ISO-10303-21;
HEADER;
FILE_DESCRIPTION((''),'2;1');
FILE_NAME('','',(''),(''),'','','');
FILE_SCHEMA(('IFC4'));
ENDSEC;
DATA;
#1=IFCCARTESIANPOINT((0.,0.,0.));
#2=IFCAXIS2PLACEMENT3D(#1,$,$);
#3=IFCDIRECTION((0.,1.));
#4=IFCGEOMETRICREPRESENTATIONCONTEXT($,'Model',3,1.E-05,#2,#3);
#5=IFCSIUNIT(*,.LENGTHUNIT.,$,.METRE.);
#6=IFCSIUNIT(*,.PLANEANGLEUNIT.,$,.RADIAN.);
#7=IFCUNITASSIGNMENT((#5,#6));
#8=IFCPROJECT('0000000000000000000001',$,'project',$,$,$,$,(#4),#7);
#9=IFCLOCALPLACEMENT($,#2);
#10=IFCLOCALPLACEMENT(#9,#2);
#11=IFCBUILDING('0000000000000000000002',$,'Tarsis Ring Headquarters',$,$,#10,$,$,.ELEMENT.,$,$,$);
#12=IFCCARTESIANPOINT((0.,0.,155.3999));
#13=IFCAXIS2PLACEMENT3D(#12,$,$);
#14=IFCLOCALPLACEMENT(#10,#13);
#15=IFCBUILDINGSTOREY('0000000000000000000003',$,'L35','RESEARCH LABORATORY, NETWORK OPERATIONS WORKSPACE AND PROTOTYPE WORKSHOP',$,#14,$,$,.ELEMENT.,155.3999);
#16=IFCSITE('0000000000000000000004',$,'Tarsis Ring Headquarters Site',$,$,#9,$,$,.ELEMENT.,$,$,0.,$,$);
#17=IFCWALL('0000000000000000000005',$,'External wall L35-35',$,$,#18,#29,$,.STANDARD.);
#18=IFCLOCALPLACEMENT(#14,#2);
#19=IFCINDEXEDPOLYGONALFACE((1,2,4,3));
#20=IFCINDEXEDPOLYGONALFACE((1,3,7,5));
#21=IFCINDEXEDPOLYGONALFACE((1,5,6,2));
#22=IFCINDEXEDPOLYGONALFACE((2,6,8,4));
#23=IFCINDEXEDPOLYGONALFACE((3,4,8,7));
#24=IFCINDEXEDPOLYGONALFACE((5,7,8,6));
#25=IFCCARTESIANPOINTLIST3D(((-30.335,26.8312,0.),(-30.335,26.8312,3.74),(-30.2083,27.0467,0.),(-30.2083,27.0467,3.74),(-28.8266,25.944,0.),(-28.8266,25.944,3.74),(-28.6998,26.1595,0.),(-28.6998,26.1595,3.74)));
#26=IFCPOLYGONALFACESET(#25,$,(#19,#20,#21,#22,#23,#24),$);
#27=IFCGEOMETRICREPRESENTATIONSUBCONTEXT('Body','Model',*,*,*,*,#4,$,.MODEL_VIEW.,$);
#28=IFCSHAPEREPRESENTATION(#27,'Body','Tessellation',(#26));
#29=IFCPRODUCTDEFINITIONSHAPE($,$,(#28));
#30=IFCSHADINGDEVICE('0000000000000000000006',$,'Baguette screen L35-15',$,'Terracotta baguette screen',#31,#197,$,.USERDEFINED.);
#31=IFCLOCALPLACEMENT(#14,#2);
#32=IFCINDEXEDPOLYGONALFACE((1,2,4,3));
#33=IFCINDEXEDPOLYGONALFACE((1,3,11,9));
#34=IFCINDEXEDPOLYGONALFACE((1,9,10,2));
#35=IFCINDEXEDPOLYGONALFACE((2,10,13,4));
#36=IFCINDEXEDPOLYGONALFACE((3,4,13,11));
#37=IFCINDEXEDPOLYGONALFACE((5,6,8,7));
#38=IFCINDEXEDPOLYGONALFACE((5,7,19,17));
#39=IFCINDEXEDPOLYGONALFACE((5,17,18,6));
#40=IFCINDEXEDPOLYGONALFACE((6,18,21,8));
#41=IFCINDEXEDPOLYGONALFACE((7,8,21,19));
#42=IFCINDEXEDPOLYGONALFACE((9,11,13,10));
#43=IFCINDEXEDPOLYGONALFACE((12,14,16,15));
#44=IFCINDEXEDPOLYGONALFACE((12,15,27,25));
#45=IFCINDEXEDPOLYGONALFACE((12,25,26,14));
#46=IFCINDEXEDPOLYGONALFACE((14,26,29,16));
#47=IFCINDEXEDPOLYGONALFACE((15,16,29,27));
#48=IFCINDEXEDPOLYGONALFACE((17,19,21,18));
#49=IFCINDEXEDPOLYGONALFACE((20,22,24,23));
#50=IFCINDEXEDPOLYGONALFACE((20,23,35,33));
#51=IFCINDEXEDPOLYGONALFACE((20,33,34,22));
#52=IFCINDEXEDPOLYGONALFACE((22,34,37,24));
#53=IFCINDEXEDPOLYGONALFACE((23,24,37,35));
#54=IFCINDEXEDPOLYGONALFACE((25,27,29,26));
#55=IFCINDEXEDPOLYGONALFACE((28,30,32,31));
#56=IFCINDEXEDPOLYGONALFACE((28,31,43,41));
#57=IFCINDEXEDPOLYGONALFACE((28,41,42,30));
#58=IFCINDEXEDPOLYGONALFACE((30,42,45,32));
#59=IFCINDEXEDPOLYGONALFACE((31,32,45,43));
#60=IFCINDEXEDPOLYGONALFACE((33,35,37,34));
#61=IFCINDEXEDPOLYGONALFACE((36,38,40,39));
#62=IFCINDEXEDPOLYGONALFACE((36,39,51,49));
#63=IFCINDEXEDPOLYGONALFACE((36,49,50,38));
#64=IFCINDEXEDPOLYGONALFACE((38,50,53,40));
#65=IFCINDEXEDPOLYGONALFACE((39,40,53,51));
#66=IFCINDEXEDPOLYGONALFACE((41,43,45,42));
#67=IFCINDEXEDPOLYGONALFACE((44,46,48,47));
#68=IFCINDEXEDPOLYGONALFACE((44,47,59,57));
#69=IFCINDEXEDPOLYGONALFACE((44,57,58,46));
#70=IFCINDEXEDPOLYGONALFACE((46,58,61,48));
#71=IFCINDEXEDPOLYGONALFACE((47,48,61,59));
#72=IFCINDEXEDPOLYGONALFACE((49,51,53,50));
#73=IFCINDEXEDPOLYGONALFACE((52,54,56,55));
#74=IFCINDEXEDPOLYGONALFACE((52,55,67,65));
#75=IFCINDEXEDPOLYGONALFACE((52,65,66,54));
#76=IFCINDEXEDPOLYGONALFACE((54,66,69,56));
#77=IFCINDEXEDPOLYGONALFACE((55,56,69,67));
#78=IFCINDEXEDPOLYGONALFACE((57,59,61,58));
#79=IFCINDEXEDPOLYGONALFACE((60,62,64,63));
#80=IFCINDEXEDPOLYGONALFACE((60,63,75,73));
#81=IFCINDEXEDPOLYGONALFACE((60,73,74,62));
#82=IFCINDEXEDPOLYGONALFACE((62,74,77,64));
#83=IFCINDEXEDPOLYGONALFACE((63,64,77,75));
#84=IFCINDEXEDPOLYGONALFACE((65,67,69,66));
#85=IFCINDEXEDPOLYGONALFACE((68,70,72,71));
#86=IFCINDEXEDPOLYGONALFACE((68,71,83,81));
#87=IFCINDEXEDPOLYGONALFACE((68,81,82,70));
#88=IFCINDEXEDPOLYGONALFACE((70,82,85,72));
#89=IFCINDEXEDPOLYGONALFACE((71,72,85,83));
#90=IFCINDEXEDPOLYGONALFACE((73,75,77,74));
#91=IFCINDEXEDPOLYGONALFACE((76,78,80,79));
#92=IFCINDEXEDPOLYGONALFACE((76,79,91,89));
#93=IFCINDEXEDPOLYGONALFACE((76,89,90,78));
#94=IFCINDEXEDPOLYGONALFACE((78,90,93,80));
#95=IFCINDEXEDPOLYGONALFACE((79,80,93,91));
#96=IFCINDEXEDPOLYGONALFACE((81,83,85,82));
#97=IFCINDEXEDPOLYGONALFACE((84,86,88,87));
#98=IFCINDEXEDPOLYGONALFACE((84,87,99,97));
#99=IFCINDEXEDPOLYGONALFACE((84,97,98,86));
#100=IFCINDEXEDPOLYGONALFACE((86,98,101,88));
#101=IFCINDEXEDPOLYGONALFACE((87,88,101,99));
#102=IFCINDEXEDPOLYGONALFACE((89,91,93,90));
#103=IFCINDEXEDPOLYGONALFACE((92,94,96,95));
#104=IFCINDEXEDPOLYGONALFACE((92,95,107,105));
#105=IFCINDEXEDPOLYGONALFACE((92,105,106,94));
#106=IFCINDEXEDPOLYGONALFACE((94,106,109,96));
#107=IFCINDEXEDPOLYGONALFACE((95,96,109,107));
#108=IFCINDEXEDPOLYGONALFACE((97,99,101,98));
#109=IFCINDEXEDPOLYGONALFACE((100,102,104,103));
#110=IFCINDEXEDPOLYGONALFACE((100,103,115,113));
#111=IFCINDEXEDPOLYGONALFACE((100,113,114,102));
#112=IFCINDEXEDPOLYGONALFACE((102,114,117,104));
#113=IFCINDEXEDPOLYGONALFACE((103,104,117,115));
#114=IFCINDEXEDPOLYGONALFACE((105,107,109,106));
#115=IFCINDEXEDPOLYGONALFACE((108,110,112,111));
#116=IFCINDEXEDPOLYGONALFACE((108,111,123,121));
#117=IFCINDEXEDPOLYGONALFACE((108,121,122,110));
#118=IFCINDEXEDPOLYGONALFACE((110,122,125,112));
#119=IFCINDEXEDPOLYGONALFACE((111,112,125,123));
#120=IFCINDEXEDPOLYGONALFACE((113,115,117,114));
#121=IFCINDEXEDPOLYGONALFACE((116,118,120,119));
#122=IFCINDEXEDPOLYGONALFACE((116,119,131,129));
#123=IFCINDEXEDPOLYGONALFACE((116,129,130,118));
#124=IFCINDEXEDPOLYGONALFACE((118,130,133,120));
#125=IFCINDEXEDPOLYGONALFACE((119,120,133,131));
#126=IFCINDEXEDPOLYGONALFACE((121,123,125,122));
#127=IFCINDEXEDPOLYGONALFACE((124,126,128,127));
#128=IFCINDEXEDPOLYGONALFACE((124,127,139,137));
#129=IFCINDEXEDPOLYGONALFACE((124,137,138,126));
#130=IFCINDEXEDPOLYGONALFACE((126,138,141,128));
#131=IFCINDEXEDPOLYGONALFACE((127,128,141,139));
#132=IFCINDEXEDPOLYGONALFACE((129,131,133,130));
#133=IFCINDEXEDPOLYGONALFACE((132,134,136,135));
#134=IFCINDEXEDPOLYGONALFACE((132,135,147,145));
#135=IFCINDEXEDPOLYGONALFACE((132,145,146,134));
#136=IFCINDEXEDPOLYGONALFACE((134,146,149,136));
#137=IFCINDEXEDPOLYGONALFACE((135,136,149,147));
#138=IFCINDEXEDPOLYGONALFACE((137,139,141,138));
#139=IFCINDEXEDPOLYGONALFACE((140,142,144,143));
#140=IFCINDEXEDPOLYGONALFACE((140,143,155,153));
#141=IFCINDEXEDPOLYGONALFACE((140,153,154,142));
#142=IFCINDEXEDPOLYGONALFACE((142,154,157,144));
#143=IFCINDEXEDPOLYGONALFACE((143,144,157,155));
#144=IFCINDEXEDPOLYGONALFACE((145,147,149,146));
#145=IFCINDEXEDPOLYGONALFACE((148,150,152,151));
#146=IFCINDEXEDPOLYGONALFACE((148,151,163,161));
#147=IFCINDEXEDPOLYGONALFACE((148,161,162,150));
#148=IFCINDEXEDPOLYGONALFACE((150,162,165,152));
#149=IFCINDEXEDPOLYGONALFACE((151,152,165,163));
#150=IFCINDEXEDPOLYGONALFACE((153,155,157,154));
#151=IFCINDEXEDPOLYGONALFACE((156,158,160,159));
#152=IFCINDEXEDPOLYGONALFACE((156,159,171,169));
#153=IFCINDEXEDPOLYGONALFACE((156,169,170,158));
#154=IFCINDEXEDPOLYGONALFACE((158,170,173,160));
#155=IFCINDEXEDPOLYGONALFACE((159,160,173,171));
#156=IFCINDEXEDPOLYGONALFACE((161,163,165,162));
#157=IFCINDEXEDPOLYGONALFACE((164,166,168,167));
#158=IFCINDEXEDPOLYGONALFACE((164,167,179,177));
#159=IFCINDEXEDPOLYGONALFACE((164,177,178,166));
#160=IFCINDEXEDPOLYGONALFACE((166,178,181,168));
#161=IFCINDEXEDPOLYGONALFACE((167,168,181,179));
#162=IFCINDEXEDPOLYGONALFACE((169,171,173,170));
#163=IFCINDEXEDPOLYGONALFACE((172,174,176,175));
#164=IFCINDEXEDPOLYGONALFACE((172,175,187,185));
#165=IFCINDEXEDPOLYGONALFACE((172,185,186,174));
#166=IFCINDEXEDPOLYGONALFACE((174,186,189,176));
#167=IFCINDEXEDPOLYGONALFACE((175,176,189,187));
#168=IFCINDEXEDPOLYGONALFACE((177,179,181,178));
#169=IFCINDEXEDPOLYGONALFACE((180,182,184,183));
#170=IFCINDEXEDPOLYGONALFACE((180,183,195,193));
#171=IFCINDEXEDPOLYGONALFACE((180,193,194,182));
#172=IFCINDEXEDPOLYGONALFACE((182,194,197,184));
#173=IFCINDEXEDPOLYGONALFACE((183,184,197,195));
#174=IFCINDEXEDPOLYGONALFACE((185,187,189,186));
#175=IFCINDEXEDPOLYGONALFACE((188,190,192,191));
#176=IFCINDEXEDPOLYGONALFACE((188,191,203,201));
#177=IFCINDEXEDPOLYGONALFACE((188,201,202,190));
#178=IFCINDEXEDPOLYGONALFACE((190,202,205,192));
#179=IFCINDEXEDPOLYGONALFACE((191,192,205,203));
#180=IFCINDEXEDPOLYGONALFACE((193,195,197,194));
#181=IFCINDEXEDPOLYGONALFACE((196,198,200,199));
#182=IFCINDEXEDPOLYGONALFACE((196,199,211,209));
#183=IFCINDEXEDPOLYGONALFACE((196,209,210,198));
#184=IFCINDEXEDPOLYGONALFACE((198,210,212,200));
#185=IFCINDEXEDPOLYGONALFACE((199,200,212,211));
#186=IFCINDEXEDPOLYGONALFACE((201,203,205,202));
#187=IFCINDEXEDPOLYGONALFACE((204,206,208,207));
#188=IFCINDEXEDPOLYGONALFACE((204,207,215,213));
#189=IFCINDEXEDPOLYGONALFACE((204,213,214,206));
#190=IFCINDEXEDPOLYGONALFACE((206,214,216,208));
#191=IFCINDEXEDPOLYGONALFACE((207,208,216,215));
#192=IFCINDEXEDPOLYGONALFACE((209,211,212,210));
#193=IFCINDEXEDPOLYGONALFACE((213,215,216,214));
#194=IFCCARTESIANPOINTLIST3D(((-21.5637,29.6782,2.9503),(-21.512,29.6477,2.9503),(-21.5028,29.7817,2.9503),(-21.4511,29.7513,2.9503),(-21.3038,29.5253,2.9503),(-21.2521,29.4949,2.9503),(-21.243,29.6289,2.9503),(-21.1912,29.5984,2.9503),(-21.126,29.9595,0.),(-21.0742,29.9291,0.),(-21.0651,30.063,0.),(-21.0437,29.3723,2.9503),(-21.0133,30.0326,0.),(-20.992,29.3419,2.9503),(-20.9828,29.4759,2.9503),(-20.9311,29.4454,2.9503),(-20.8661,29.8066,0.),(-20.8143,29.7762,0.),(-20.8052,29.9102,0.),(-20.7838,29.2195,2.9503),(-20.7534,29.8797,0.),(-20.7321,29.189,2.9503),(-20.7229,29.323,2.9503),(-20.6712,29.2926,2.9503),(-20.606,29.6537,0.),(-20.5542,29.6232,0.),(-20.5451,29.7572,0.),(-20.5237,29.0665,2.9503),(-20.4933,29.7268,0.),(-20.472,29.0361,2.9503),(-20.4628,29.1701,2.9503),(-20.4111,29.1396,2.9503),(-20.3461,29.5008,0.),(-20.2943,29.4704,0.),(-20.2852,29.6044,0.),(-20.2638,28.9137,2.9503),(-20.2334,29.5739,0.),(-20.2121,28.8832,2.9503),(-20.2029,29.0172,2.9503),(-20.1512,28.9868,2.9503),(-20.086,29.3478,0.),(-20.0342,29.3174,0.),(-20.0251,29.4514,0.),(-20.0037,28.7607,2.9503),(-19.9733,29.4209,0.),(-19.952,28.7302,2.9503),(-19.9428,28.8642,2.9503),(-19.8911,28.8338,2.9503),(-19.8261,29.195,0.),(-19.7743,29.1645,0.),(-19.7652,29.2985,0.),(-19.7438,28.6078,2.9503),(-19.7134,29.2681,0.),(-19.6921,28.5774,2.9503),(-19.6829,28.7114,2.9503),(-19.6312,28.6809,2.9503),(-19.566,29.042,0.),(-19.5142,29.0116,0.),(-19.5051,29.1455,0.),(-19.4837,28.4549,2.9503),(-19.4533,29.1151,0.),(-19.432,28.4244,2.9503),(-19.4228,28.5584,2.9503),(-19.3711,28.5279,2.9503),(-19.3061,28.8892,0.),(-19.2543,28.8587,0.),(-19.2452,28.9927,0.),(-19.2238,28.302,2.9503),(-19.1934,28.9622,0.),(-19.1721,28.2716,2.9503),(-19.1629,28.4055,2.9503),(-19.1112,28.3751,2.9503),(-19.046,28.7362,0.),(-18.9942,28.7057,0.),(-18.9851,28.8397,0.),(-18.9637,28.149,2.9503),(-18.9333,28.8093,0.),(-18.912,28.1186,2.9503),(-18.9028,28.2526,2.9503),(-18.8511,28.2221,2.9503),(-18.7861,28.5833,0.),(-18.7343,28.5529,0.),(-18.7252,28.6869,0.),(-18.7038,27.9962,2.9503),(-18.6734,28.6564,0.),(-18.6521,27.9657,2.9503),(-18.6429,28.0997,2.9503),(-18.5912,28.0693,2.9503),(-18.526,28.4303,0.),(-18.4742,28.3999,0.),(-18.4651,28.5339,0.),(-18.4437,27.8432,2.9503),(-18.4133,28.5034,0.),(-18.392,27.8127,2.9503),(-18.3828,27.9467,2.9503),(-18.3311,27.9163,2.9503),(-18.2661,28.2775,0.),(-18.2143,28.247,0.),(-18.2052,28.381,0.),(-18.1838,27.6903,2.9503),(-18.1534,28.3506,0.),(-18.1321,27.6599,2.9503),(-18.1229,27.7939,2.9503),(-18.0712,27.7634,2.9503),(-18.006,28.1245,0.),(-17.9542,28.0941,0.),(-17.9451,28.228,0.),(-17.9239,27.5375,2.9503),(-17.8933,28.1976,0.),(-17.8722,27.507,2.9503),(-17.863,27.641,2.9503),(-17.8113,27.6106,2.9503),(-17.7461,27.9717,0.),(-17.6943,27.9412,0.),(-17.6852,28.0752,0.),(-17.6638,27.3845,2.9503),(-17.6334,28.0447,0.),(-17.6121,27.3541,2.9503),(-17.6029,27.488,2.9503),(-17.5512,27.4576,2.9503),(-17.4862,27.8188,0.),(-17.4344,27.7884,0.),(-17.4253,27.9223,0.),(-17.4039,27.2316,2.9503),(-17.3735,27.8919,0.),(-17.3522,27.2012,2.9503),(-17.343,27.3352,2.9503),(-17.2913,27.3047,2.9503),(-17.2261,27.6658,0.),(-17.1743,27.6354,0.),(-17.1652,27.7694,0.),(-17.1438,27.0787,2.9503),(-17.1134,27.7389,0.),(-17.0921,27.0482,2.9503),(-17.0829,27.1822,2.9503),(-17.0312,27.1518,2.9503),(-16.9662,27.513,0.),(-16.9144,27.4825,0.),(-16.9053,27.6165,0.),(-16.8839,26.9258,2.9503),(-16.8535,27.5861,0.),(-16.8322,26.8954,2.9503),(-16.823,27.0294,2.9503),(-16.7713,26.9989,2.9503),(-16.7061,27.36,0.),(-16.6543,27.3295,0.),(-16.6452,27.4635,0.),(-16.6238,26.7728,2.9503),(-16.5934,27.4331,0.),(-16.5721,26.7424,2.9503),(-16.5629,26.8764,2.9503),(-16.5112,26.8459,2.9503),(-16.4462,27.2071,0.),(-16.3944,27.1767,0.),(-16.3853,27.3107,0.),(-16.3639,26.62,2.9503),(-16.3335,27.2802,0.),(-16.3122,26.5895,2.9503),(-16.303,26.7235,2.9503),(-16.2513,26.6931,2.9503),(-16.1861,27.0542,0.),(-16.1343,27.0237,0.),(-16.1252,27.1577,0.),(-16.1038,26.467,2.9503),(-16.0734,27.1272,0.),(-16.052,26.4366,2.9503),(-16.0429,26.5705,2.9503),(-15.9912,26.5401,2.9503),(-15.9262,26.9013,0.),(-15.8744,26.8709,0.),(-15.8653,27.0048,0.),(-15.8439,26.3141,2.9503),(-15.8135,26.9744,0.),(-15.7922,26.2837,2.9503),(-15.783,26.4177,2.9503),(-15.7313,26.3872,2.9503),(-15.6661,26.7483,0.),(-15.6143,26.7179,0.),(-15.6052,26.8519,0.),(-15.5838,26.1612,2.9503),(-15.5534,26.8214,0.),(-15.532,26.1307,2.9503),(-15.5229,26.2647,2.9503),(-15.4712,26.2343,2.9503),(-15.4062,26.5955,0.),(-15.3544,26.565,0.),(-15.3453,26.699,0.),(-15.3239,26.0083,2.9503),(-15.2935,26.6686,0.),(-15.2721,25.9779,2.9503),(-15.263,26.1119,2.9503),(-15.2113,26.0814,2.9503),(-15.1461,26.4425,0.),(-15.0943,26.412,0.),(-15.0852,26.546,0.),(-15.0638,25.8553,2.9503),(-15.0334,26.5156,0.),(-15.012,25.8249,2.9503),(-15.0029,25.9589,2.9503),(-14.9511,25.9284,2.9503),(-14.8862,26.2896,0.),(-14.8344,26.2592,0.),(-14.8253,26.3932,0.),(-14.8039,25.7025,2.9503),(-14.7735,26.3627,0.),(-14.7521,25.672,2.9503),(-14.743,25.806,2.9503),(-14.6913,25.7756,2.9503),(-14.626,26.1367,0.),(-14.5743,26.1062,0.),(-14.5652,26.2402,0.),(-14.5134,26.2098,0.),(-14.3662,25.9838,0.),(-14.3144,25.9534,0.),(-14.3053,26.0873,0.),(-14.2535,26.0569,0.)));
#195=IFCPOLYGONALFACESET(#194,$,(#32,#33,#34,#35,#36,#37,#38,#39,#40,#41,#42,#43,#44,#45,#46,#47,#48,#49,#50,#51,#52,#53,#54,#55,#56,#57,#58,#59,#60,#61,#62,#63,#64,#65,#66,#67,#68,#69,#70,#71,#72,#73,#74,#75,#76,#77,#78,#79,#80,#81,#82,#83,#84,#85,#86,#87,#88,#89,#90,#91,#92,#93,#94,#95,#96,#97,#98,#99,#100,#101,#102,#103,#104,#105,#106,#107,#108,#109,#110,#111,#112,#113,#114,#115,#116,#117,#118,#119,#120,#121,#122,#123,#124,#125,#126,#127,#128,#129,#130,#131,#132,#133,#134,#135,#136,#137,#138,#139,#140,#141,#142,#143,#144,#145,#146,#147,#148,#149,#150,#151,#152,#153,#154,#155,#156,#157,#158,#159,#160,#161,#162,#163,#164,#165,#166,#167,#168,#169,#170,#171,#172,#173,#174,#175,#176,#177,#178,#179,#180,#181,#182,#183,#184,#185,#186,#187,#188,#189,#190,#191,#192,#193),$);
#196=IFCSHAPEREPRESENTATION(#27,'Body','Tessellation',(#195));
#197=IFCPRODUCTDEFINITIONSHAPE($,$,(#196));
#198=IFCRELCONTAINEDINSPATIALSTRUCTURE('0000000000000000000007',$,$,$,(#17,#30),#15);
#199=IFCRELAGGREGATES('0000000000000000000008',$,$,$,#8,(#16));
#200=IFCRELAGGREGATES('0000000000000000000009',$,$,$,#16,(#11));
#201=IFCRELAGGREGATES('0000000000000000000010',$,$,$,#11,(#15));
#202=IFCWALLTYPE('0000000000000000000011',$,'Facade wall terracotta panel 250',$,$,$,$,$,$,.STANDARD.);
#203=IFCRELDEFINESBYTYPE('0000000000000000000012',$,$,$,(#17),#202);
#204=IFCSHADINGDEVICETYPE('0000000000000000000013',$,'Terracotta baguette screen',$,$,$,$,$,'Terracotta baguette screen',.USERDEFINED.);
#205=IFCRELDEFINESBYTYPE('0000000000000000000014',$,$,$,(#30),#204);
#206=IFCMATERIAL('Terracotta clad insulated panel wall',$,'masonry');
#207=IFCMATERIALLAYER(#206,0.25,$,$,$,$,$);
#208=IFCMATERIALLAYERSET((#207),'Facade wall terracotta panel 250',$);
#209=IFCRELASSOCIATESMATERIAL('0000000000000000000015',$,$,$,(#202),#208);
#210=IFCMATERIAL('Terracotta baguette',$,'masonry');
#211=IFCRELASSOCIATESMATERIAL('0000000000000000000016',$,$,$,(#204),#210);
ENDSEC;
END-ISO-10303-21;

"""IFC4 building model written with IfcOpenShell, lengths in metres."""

from ifc_helpers import new_model, si_unit, direction, frame, frame_2d, origin, place, context, subcontext, project, spatial, rectangle, composite_profile, extrude, material, layer, layer_set, type_object, element, save


model = new_model("IFC4")

# Units and contexts
model_context = context("Model", 3, precision=1e-05, world=origin(), true_north=direction((0.0, 1.0)))
body_context = subcontext(model_context, "Body", "Model", "MODEL_VIEW")
ifc_project = project(units=[si_unit("LENGTHUNIT", "METRE"), si_unit("PLANEANGLEUNIT", "RADIAN")], contexts=[model_context])

# Site, building, storey
site_placement = place(None, origin())
site = spatial("IfcSite", under=ifc_project, at=site_placement, Name="Tarsis Ring Headquarters Site", CompositionType="ELEMENT", RefElevation=0.0)
building_placement = place(site_placement, origin())
building = spatial("IfcBuilding", under=site, at=building_placement, Name="Tarsis Ring Headquarters", CompositionType="ELEMENT")
storey_placement = place(building_placement, frame((0.0, 0.0, 155.3999)))
storey = spatial("IfcBuildingStorey", under=building, at=storey_placement, Name="L35", Description="RESEARCH LABORATORY, NETWORK OPERATIONS WORKSPACE AND PROTOTYPE WORKSHOP", CompositionType="ELEMENT", Elevation=155.3999)

# Wall
ifc_material_1 = material(Name="Terracotta clad insulated panel wall", Category="masonry")
ifc_layer = layer(ifc_material_1, 0.25)
ifc_layer_set = layer_set([ifc_layer], Name="Facade wall terracotta panel 250")
wall_type = type_object("IfcWallType", Name="Facade wall terracotta panel 250", PredefinedType="STANDARD", material=ifc_layer_set)
wall_1_placement = place(storey_placement, frame((-28.7632, 26.0518, 0.0), z_axis=(0.0, 0.0, 1.0), x_axis=(-0.861977, 0.506947, 0.0)))
element("IfcWall", 1, at=wall_1_placement, inside=storey, type_object=wall_type, Name="External wall L35-35", PredefinedType="STANDARD", context=body_context, shape_type="SweptSolid", body=[
    extrude(rectangle(XDim=1.75, YDim=0.25, at=frame_2d((0.875, 0.0))), origin(), (0.0, 0.0, 1.0), 3.74),
])

# Shading device
ifc_material_2 = material(Name="Terracotta baguette", Category="masonry")
shading_device_type_1 = type_object("IfcShadingDeviceType", Name="Terracotta baguette screen", ElementType="Terracotta baguette screen", PredefinedType="USERDEFINED", material=ifc_material_2)
shading_device_1_placement = place(storey_placement, frame((-14.2839, 26.0051, 0.0), z_axis=(0.0, 0.0, 1.0), x_axis=(-0.861962, 0.506951, 0.0)))
element("IfcShadingDevice", 2, at=shading_device_1_placement, inside=storey, type_object=shading_device_type_1, Name="Baguette screen L35-15", ObjectType="Terracotta baguette screen", PredefinedType="USERDEFINED", context=body_context, shape_type="SweptSolid", body=[
    extrude(composite_profile([rectangle(XDim=0.0601, YDim=0.1201, at=frame_2d((0.03, 0.0))), rectangle(XDim=0.0601, YDim=0.1201, at=frame_2d((0.3315, 0.0))), rectangle(XDim=0.0601, YDim=0.1201, at=frame_2d((0.6333, 0.0))), rectangle(XDim=0.0601, YDim=0.1201, at=frame_2d((0.9348, 0.0))), rectangle(XDim=0.0601, YDim=0.1201, at=frame_2d((1.2366, 0.0))), rectangle(XDim=0.0601, YDim=0.1201, at=frame_2d((1.5381, 0.0))), rectangle(XDim=0.0601, YDim=0.1201, at=frame_2d((1.8398, 0.0))), rectangle(XDim=0.0601, YDim=0.1201, at=frame_2d((2.1414, 0.0))), rectangle(XDim=0.0601, YDim=0.1201, at=frame_2d((2.4431, 0.0))), rectangle(XDim=0.0601, YDim=0.1201, at=frame_2d((2.7446, 0.0))), rectangle(XDim=0.0601, YDim=0.1201, at=frame_2d((3.0464, 0.0))), rectangle(XDim=0.0601, YDim=0.1201, at=frame_2d((3.3479, 0.0))), rectangle(XDim=0.0601, YDim=0.1201, at=frame_2d((3.6497, 0.0))), rectangle(XDim=0.0601, YDim=0.1201, at=frame_2d((3.9512, 0.0))), rectangle(XDim=0.0601, YDim=0.1201, at=frame_2d((4.2527, 0.0))), rectangle(XDim=0.0601, YDim=0.1201, at=frame_2d((4.5544, 0.0))), rectangle(XDim=0.0601, YDim=0.1201, at=frame_2d((4.856, 0.0))), rectangle(XDim=0.0601, YDim=0.1201, at=frame_2d((5.1577, 0.0))), rectangle(XDim=0.0601, YDim=0.1201, at=frame_2d((5.4592, 0.0))), rectangle(XDim=0.0601, YDim=0.1201, at=frame_2d((5.761, 0.0))), rectangle(XDim=0.0601, YDim=0.1201, at=frame_2d((6.0625, 0.0))), rectangle(XDim=0.0601, YDim=0.1201, at=frame_2d((6.3643, 0.0))), rectangle(XDim=0.0601, YDim=0.1201, at=frame_2d((6.6658, 0.0))), rectangle(XDim=0.0601, YDim=0.1201, at=frame_2d((6.9675, 0.0))), rectangle(XDim=0.0601, YDim=0.1201, at=frame_2d((7.269, 0.0))), rectangle(XDim=0.0601, YDim=0.1201, at=frame_2d((7.5708, 0.0))), rectangle(XDim=0.0601, YDim=0.1201, at=frame_2d((7.8723, 0.0)))]), origin(), (0.078349, 0.155021, 0.984799), 2.9958),
])

save(model, "model.ifc")
